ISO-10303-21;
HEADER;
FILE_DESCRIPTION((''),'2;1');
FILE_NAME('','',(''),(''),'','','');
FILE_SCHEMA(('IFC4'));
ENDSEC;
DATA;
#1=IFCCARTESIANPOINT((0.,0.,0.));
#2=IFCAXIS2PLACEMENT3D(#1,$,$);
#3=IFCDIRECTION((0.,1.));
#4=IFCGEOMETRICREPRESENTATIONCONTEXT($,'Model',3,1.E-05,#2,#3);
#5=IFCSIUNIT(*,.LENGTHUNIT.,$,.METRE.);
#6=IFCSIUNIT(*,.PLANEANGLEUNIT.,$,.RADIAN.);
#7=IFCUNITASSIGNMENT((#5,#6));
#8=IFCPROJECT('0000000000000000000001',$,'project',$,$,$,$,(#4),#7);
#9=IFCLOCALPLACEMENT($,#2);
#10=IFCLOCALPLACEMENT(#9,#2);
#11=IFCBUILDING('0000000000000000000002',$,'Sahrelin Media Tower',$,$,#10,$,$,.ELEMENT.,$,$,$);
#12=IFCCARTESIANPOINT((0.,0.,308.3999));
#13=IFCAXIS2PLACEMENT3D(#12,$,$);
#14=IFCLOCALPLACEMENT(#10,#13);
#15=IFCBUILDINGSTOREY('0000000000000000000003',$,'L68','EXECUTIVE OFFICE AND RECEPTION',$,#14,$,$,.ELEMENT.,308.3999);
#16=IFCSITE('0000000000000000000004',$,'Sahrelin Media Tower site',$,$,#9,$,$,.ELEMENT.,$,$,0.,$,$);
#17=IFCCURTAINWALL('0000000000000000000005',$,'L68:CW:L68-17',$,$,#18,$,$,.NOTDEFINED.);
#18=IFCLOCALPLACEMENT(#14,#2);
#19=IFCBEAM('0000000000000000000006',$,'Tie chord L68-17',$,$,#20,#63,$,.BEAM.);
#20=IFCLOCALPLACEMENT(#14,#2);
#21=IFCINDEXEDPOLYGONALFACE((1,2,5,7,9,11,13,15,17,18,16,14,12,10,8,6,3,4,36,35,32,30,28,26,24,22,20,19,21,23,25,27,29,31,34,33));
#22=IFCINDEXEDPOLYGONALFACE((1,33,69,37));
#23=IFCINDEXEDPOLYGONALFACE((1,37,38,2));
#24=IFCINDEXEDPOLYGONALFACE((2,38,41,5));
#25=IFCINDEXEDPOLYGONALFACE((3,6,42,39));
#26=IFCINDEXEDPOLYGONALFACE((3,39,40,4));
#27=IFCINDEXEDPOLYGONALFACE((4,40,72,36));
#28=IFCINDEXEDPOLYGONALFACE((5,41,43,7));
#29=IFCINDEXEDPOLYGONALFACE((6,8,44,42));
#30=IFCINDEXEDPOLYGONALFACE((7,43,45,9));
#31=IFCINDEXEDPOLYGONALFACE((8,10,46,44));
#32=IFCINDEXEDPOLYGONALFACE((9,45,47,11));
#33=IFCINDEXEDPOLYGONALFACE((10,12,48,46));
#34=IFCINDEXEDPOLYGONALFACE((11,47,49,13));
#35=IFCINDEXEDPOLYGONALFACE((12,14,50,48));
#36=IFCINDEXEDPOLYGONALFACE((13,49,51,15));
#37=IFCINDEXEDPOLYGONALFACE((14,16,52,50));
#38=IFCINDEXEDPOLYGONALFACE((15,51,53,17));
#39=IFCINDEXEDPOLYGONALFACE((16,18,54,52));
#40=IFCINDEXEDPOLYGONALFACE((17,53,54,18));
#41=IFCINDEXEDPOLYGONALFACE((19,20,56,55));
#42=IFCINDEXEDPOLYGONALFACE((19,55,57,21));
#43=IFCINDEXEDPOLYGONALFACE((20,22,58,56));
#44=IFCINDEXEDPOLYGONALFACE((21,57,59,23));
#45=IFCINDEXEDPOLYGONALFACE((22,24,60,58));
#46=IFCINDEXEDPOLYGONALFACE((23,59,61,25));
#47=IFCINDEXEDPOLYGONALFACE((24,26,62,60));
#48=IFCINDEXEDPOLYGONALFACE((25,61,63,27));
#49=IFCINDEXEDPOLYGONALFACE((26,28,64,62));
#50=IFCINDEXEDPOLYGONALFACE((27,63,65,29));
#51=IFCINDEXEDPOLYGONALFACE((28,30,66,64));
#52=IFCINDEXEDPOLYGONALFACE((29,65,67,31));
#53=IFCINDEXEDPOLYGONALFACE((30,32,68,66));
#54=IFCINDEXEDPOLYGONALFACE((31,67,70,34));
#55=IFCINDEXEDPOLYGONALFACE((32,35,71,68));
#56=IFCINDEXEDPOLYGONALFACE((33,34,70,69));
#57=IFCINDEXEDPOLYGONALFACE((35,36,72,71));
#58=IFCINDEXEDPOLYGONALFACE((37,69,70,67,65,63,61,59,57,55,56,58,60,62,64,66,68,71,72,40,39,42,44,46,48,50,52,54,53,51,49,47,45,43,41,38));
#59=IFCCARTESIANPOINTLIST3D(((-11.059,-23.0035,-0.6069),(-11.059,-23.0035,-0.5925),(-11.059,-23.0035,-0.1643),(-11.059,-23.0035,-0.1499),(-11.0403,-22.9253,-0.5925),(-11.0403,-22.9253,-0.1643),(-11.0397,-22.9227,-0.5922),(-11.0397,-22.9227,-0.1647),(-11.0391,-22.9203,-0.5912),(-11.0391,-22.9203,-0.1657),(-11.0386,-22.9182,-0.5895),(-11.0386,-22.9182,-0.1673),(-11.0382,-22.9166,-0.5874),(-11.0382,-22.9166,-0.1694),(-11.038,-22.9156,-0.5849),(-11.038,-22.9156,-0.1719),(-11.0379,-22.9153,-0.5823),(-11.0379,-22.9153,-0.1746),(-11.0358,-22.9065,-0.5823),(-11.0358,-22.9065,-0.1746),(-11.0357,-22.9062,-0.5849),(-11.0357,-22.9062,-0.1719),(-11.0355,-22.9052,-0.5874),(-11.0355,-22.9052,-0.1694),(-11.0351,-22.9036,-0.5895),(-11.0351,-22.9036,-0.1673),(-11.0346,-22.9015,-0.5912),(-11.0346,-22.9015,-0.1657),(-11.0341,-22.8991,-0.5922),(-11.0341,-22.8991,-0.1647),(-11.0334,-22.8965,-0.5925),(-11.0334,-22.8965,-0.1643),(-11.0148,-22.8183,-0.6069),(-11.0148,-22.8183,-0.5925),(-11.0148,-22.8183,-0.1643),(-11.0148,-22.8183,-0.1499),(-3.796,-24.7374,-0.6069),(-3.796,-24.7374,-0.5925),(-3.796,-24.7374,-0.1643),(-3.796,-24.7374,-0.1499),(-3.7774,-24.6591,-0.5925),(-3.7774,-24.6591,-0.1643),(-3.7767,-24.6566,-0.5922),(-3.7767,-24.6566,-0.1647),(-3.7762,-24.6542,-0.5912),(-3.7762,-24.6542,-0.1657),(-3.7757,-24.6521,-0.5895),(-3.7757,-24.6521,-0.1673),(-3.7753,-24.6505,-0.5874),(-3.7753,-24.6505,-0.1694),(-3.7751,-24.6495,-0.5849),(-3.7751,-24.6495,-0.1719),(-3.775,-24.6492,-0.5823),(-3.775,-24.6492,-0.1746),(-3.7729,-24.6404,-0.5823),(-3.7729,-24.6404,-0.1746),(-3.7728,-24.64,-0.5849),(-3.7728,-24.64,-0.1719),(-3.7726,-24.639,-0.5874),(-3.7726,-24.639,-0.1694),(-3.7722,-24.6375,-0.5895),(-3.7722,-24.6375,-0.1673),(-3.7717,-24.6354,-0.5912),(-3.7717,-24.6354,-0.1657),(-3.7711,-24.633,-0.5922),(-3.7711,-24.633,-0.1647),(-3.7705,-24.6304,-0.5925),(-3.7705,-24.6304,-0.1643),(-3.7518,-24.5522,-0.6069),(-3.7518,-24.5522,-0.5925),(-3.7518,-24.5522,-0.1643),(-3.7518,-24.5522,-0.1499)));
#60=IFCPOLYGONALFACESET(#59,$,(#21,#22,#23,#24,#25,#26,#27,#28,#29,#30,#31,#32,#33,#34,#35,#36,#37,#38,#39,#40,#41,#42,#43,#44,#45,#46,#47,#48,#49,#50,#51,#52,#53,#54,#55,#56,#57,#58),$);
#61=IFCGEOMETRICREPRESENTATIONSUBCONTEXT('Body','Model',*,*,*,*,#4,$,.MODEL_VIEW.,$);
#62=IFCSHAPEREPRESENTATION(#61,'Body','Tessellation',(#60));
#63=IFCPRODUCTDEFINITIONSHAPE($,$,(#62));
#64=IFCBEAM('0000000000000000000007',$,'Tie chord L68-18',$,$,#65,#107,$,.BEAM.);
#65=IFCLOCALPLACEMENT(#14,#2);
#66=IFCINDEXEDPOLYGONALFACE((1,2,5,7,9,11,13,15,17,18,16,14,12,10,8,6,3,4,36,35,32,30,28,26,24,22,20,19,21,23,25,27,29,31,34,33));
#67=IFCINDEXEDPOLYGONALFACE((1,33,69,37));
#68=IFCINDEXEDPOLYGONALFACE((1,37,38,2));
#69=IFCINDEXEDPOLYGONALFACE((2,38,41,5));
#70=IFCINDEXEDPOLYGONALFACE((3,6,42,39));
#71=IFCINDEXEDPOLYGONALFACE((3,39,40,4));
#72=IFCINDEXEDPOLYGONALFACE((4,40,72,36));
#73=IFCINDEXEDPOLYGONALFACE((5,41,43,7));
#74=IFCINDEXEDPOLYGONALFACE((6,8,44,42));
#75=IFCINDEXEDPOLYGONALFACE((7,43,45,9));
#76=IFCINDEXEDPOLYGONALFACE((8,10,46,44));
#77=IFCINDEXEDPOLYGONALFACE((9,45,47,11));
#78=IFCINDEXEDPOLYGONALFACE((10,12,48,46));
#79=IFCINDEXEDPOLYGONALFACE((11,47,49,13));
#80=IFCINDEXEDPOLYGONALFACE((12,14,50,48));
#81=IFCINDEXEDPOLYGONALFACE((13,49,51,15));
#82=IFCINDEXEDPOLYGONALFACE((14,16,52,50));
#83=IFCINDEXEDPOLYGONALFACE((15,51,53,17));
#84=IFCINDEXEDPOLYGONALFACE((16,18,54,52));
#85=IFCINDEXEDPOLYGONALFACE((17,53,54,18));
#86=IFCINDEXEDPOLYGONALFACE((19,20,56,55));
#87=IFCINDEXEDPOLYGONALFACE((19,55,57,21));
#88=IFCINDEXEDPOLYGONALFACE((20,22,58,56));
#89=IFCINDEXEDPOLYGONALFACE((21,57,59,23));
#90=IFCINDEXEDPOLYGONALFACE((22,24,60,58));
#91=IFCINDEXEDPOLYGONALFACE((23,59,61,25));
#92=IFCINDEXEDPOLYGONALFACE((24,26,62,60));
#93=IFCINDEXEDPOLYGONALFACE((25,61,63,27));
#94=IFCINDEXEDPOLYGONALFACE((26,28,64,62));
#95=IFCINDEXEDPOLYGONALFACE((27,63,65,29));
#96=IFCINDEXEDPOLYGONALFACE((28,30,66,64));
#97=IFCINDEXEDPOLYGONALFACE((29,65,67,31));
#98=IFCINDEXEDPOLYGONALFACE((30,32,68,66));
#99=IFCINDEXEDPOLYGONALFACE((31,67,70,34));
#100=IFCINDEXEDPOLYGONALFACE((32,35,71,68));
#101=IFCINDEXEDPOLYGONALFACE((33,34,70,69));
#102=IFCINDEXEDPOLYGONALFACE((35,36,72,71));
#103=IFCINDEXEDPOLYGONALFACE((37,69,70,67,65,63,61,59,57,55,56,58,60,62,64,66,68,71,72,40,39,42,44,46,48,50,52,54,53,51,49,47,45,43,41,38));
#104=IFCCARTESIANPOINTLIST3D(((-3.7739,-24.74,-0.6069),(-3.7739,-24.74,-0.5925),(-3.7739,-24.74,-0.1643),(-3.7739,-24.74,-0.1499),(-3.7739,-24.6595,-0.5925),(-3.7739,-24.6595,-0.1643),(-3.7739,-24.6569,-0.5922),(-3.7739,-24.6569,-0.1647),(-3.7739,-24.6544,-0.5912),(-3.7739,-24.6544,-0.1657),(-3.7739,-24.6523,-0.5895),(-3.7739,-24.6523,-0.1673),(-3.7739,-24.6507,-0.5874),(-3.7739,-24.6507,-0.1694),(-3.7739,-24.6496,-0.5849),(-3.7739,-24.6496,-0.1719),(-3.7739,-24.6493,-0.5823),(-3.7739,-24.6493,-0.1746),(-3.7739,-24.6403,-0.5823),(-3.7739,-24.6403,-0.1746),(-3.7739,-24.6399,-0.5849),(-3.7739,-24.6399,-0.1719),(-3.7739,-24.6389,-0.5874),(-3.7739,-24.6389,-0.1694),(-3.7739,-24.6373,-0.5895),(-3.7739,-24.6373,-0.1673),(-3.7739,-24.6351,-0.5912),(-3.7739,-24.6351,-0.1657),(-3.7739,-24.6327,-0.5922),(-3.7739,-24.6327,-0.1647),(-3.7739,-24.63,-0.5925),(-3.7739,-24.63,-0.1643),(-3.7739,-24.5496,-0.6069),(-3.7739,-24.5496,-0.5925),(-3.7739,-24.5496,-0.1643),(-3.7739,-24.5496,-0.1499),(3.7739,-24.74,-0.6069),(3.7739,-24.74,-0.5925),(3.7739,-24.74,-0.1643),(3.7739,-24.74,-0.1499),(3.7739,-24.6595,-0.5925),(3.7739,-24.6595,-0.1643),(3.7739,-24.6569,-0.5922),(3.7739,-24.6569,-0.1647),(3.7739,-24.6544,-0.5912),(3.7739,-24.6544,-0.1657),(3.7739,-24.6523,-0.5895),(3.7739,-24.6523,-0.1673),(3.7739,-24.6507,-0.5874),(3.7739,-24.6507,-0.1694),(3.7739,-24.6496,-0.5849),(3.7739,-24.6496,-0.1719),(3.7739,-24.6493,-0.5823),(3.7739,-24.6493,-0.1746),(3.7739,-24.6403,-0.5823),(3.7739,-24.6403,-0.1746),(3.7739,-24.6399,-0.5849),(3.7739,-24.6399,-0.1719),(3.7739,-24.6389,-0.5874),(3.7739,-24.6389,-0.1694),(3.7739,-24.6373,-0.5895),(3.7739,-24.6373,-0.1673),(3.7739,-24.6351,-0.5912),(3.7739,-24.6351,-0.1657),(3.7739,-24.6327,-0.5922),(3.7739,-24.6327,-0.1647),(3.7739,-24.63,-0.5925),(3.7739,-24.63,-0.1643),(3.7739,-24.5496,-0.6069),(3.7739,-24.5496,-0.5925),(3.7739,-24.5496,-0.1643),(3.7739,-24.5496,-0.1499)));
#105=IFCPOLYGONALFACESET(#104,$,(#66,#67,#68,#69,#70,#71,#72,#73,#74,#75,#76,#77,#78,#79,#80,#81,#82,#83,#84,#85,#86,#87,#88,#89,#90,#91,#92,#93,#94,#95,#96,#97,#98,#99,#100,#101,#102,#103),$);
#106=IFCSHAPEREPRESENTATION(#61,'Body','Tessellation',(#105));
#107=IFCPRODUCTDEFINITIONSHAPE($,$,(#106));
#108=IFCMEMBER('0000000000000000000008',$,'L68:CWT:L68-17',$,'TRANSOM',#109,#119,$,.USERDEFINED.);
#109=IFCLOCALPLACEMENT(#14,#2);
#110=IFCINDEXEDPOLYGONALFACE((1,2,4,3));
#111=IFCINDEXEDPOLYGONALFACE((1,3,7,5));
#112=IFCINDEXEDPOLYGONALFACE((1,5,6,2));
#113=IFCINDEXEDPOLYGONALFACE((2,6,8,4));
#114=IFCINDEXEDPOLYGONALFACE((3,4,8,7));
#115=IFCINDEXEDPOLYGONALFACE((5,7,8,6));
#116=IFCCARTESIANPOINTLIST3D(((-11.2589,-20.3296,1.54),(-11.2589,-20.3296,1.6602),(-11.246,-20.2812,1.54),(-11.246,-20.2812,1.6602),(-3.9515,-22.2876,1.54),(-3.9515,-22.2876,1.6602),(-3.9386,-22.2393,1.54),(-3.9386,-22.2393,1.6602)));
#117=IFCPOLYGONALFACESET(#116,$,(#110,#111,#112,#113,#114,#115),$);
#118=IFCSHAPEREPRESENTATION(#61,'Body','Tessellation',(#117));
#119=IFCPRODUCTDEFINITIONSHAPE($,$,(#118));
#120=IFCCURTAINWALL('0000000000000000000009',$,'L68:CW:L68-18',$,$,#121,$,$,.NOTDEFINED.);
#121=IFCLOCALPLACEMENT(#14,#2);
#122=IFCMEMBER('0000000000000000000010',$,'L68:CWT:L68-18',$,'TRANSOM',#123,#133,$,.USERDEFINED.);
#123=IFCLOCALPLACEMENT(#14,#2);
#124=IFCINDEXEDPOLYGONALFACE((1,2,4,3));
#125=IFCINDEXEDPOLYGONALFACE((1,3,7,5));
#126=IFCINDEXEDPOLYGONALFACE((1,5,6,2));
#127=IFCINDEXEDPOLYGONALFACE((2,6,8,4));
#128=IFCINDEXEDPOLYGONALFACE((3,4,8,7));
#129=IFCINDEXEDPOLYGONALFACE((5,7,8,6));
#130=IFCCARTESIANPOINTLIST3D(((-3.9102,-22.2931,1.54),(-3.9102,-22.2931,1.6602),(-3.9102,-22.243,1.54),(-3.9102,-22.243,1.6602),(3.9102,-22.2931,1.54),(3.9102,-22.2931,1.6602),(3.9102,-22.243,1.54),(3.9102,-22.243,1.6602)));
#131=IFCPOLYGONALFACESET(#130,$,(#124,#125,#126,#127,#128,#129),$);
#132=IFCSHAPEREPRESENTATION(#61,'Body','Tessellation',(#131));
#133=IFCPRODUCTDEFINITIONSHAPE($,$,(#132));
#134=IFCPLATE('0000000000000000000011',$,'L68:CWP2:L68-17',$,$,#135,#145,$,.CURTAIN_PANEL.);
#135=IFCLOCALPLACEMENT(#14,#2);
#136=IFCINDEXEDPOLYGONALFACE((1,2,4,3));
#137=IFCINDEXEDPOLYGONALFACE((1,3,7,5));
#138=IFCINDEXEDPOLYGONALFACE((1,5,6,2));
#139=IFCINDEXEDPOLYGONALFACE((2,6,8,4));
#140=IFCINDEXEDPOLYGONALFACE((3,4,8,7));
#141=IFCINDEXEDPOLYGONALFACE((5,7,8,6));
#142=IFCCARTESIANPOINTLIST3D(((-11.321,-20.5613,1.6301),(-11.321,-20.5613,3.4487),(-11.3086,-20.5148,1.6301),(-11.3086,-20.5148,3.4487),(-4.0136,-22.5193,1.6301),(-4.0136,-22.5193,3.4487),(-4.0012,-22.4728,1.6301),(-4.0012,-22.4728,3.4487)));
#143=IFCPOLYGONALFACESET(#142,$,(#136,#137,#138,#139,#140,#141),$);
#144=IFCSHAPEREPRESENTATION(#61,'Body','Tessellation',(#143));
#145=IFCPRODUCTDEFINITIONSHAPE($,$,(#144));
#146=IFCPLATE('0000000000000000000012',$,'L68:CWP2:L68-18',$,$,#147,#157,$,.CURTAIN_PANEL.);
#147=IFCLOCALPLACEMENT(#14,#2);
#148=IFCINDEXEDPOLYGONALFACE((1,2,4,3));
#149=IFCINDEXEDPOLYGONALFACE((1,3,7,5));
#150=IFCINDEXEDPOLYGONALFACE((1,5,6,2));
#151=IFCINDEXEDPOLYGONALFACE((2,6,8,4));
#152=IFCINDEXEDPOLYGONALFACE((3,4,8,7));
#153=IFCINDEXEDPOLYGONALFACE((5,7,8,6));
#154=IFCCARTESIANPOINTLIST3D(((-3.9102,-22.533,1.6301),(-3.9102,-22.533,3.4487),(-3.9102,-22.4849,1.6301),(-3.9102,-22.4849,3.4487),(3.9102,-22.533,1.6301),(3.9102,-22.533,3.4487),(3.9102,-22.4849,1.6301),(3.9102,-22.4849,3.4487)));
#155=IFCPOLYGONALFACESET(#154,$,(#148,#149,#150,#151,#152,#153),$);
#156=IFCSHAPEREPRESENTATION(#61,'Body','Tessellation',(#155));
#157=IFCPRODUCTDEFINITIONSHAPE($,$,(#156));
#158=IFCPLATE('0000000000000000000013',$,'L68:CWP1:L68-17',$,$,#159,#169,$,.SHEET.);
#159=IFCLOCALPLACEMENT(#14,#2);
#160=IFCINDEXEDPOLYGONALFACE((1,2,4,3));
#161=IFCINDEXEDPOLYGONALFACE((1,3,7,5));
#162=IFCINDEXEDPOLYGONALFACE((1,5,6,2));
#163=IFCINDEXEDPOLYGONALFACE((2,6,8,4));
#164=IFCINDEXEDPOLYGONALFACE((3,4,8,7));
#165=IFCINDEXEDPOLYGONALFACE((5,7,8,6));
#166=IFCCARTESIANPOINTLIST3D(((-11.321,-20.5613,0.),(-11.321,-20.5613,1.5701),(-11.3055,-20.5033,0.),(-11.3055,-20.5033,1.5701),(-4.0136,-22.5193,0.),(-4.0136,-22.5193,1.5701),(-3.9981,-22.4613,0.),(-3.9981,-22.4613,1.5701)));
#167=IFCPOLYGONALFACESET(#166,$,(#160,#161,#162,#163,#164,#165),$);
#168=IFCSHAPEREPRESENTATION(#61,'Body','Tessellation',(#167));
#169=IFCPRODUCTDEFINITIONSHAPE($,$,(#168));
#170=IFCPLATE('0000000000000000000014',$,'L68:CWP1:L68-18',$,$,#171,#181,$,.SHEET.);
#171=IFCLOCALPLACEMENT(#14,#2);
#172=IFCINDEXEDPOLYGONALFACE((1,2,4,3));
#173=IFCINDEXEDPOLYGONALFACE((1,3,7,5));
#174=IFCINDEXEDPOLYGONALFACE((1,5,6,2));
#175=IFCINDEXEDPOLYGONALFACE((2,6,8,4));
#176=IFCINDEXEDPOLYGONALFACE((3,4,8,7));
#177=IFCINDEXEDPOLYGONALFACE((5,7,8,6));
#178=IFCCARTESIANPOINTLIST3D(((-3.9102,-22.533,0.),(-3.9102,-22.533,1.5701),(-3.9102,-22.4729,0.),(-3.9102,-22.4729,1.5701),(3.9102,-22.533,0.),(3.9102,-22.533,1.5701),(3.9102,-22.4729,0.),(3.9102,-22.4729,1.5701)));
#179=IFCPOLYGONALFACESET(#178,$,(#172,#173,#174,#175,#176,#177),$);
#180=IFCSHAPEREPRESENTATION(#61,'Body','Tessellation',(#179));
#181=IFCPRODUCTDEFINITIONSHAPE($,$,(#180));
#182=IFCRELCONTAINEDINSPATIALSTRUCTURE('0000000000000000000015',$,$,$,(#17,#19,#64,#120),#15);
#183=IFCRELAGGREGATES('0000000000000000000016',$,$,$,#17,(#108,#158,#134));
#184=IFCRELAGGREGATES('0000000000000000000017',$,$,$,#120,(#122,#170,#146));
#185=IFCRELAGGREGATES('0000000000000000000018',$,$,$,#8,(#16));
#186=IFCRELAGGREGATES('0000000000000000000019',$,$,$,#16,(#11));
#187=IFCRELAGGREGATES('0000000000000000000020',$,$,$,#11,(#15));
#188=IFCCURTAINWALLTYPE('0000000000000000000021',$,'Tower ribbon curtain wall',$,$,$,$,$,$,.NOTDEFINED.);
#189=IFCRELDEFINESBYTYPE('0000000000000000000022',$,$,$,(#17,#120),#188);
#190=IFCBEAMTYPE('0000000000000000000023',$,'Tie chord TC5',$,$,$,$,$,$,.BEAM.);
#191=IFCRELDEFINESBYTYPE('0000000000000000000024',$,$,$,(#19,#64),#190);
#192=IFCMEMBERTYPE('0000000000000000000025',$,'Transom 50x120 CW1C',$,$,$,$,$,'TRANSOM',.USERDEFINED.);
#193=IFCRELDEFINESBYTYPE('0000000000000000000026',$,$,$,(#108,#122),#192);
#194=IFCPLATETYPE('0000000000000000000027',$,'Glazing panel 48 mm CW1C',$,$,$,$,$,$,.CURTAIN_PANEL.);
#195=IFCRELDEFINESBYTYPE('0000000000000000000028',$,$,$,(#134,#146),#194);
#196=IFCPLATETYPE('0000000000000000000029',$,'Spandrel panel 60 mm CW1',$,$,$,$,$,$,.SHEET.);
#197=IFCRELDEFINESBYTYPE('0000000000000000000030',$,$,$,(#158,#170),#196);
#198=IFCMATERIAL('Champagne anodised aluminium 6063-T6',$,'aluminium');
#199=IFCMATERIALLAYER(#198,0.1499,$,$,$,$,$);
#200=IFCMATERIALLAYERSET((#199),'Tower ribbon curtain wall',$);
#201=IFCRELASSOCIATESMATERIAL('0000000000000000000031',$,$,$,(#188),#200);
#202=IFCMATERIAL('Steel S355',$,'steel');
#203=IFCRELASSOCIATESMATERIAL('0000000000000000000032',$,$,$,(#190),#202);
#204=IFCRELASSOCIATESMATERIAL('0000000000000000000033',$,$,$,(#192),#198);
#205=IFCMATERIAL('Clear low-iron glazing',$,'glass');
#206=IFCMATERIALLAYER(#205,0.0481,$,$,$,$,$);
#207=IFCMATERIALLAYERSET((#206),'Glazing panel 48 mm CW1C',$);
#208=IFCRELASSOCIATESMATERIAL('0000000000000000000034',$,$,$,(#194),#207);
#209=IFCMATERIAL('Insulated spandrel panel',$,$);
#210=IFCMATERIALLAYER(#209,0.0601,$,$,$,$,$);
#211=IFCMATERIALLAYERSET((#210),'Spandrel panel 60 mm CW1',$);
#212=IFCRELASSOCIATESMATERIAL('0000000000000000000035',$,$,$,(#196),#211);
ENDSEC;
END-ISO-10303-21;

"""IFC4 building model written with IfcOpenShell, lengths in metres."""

from ifc_helpers import new_model, si_unit, direction, frame, origin, origin_2d, place, context, subcontext, project, spatial, polyline, rectangle, i_section, outline, extrude, material, layer, layer_set, material_profile, profile_set, type_object, element, aggregate, save


model = new_model("IFC4")

# Units and contexts
model_context = context("Model", 3, precision=1e-05, world=origin(), true_north=direction((0.0, 1.0)))
body_context = subcontext(model_context, "Body", "Model", "MODEL_VIEW")
ifc_project = project(units=[si_unit("LENGTHUNIT", "METRE"), si_unit("PLANEANGLEUNIT", "RADIAN")], contexts=[model_context])

# Site, building, storey
site_placement = place(None, origin())
site = spatial("IfcSite", under=ifc_project, at=site_placement, Name="Sahrelin Media Tower site", CompositionType="ELEMENT", RefElevation=0.0)
building_placement = place(site_placement, origin())
building = spatial("IfcBuilding", under=site, at=building_placement, Name="Sahrelin Media Tower", CompositionType="ELEMENT")
storey_placement = place(building_placement, frame((0.0, 0.0, 308.3999)))
storey = spatial("IfcBuildingStorey", under=building, at=storey_placement, Name="L68", Description="EXECUTIVE OFFICE AND RECEPTION", CompositionType="ELEMENT", Elevation=308.3999)

# Shared definitions
ifc_material_1 = material(Name="Steel S355", Category="steel")

# Curtain wall
ifc_material_2 = material(Name="Champagne anodised aluminium 6063-T6", Category="aluminium")
ifc_layer_1 = layer(ifc_material_2, 0.1499)
ifc_layer_set_1 = layer_set([ifc_layer_1], Name="Tower ribbon curtain wall")
curtain_wall_type = type_object("IfcCurtainWallType", Name="Tower ribbon curtain wall", PredefinedType="NOTDEFINED", material=ifc_layer_set_1)
curtain_wall_1_placement = place(storey_placement, frame((-7.6621, -21.521, 0.0), z_axis=(0.0, 0.0, 1.0), x_axis=(1.0, 0.0, 0.0)))
curtain_wall_1 = element("IfcCurtainWall", 1, at=curtain_wall_1_placement, inside=storey, type_object=curtain_wall_type, Name="L68:CW:L68-17", PredefinedType="NOTDEFINED")

# Beams
ifc_material_profile_1 = material_profile(ifc_material_1, i_section(OverallWidth=0.1904, OverallDepth=0.457, WebThickness=0.009, FlangeThickness=0.0144, FilletRadius=0.0103, at=origin_2d()), Name="UB 457x191x74")
ifc_profile_set_1 = profile_set([ifc_material_profile_1], Name="Steel S355")
beam_type_1 = type_object("IfcBeamType", Name="Tie chord TC5", PredefinedType="BEAM", material=ifc_profile_set_1)
beam_1_placement = place(storey_placement, frame((-11.0369, -22.9109, -0.3784), z_axis=(0.972667, -0.232205, 0.0), x_axis=(0.232205, 0.972667, 0.0)))
element("IfcBeam", 2, at=beam_1_placement, inside=storey, type_object=beam_type_1, Name="Tie chord L68-17", PredefinedType="BEAM", context=body_context, shape_type="SweptSolid", body=[
    extrude(i_section(OverallWidth=0.1904, OverallDepth=0.457, WebThickness=0.009, FlangeThickness=0.0144, FilletRadius=0.0103, at=origin_2d()), origin(), (0.0, 0.0, 1.0), 7.467),
])
beam_2_placement = place(storey_placement, frame((-3.7739, -24.6448, -0.3784), z_axis=(1.0, 0.0, 0.0), x_axis=(0.0, 1.0, 0.0)))
element("IfcBeam", 3, at=beam_2_placement, inside=storey, type_object=beam_type_1, Name="Tie chord L68-18", PredefinedType="BEAM", context=body_context, shape_type="SweptSolid", body=[
    extrude(i_section(OverallWidth=0.1904, OverallDepth=0.457, WebThickness=0.009, FlangeThickness=0.0144, FilletRadius=0.0103, at=origin_2d()), origin(), (0.0, 0.0, 1.0), 7.5479),
])

# Member
ifc_material_profile_2 = material_profile(ifc_material_2, rectangle(XDim=0.05, YDim=0.1201, at=origin_2d()), Name="Transom 50x120")
ifc_profile_set_2 = profile_set([ifc_material_profile_2], Name="Champagne anodised aluminium 6063-T6")
member_type_1 = type_object("IfcMemberType", Name="Transom 50x120 CW1C", ElementType="TRANSOM", PredefinedType="USERDEFINED", material=ifc_profile_set_2)
member_1_placement = place(storey_placement, frame((-11.2524, -20.3054, 1.6001), z_axis=(0.965926, -0.258819, 0.0), x_axis=(0.258819, 0.965926, 0.0)))
member_1 = element("IfcMember", 4, at=member_1_placement, type_object=member_type_1, Name="L68:CWT:L68-17", ObjectType="TRANSOM", PredefinedType="USERDEFINED", context=body_context, shape_type="SweptSolid", body=[
    extrude(rectangle(XDim=0.05, YDim=0.1201, at=origin_2d()), origin(), (0.0, 0.0, 1.0), 7.5652),
])

# Curtain wall, member
curtain_wall_2_placement = place(storey_placement, frame((0.0, -22.5129, 0.0), z_axis=(0.0, 0.0, 1.0), x_axis=(1.0, 0.0, 0.0)))
curtain_wall_2 = element("IfcCurtainWall", 5, at=curtain_wall_2_placement, inside=storey, type_object=curtain_wall_type, Name="L68:CW:L68-18", PredefinedType="NOTDEFINED")
member_2_placement = place(storey_placement, frame((-3.9102, -22.2681, 1.6001), z_axis=(1.0, 0.0, 0.0), x_axis=(0.0, 1.0, 0.0)))
member_2 = element("IfcMember", 6, at=member_2_placement, type_object=member_type_1, Name="L68:CWT:L68-18", ObjectType="TRANSOM", PredefinedType="USERDEFINED", context=body_context, shape_type="SweptSolid", body=[
    extrude(rectangle(XDim=0.05, YDim=0.1201, at=origin_2d()), origin(), (0.0, 0.0, 1.0), 7.8203),
])

# Plates
ifc_material_3 = material(Name="Clear low-iron glazing", Category="glass")
ifc_layer_2 = layer(ifc_material_3, 0.0481)
ifc_layer_set_2 = layer_set([ifc_layer_2], Name="Glazing panel 48 mm CW1C")
plate_type_1 = type_object("IfcPlateType", Name="Glazing panel 48 mm CW1C", PredefinedType="CURTAIN_PANEL", material=ifc_layer_set_2)
plate_1_placement = place(storey_placement, frame((-11.321, -20.5613, 1.6301), z_axis=(-0.258819, -0.965926, 0.0), x_axis=(0.965926, -0.258819, 0.0)))
plate_1 = element("IfcPlate", 7, at=plate_1_placement, type_object=plate_type_1, Name="L68:CWP2:L68-17", PredefinedType="CURTAIN_PANEL", context=body_context, shape_type="SweptSolid", body=[
    extrude(outline(polyline([(0.0, 0.0), (7.5652, 0.0), (7.5652, 1.8186), (0.0, 1.8186), (0.0, 0.0)])), origin(), (0.0, 0.0, -1.0), 0.0481),
])
plate_2_placement = place(storey_placement, frame((-3.9102, -22.533, 1.6301), z_axis=(0.0, -1.0, 0.0), x_axis=(1.0, 0.0, 0.0)))
plate_2 = element("IfcPlate", 8, at=plate_2_placement, type_object=plate_type_1, Name="L68:CWP2:L68-18", PredefinedType="CURTAIN_PANEL", context=body_context, shape_type="SweptSolid", body=[
    extrude(outline(polyline([(0.0, 0.0), (7.8203, 0.0), (7.8203, 1.8186), (0.0, 1.8186), (0.0, 0.0)])), origin(), (0.0, 0.0, -1.0), 0.0481),
])
ifc_material_4 = material(Name="Insulated spandrel panel")
ifc_layer_3 = layer(ifc_material_4, 0.0601)
ifc_layer_set_3 = layer_set([ifc_layer_3], Name="Spandrel panel 60 mm CW1")
plate_type_2 = type_object("IfcPlateType", Name="Spandrel panel 60 mm CW1", PredefinedType="SHEET", material=ifc_layer_set_3)
plate_3_placement = place(storey_placement, frame((-11.321, -20.5613, 0.0), z_axis=(-0.258819, -0.965926, 0.0), x_axis=(0.965926, -0.258819, 0.0)))
plate_3 = element("IfcPlate", 9, at=plate_3_placement, type_object=plate_type_2, Name="L68:CWP1:L68-17", PredefinedType="SHEET", context=body_context, shape_type="SweptSolid", body=[
    extrude(outline(polyline([(0.0, 0.0), (7.5652, 0.0), (7.5652, 1.5701), (0.0, 1.5701), (0.0, 0.0)])), origin(), (0.0, 0.0, -1.0), 0.0601),
])
aggregate(curtain_wall_1, [member_1, plate_3, plate_1])
plate_4_placement = place(storey_placement, frame((-3.9102, -22.533, 0.0), z_axis=(0.0, -1.0, 0.0), x_axis=(1.0, 0.0, 0.0)))
plate_4 = element("IfcPlate", 10, at=plate_4_placement, type_object=plate_type_2, Name="L68:CWP1:L68-18", PredefinedType="SHEET", context=body_context, shape_type="SweptSolid", body=[
    extrude(outline(polyline([(0.0, 0.0), (7.8203, 0.0), (7.8203, 1.5701), (0.0, 1.5701), (0.0, 0.0)])), origin(), (0.0, 0.0, -1.0), 0.0601),
])
aggregate(curtain_wall_2, [member_2, plate_4, plate_2])

save(model, "model.ifc")
